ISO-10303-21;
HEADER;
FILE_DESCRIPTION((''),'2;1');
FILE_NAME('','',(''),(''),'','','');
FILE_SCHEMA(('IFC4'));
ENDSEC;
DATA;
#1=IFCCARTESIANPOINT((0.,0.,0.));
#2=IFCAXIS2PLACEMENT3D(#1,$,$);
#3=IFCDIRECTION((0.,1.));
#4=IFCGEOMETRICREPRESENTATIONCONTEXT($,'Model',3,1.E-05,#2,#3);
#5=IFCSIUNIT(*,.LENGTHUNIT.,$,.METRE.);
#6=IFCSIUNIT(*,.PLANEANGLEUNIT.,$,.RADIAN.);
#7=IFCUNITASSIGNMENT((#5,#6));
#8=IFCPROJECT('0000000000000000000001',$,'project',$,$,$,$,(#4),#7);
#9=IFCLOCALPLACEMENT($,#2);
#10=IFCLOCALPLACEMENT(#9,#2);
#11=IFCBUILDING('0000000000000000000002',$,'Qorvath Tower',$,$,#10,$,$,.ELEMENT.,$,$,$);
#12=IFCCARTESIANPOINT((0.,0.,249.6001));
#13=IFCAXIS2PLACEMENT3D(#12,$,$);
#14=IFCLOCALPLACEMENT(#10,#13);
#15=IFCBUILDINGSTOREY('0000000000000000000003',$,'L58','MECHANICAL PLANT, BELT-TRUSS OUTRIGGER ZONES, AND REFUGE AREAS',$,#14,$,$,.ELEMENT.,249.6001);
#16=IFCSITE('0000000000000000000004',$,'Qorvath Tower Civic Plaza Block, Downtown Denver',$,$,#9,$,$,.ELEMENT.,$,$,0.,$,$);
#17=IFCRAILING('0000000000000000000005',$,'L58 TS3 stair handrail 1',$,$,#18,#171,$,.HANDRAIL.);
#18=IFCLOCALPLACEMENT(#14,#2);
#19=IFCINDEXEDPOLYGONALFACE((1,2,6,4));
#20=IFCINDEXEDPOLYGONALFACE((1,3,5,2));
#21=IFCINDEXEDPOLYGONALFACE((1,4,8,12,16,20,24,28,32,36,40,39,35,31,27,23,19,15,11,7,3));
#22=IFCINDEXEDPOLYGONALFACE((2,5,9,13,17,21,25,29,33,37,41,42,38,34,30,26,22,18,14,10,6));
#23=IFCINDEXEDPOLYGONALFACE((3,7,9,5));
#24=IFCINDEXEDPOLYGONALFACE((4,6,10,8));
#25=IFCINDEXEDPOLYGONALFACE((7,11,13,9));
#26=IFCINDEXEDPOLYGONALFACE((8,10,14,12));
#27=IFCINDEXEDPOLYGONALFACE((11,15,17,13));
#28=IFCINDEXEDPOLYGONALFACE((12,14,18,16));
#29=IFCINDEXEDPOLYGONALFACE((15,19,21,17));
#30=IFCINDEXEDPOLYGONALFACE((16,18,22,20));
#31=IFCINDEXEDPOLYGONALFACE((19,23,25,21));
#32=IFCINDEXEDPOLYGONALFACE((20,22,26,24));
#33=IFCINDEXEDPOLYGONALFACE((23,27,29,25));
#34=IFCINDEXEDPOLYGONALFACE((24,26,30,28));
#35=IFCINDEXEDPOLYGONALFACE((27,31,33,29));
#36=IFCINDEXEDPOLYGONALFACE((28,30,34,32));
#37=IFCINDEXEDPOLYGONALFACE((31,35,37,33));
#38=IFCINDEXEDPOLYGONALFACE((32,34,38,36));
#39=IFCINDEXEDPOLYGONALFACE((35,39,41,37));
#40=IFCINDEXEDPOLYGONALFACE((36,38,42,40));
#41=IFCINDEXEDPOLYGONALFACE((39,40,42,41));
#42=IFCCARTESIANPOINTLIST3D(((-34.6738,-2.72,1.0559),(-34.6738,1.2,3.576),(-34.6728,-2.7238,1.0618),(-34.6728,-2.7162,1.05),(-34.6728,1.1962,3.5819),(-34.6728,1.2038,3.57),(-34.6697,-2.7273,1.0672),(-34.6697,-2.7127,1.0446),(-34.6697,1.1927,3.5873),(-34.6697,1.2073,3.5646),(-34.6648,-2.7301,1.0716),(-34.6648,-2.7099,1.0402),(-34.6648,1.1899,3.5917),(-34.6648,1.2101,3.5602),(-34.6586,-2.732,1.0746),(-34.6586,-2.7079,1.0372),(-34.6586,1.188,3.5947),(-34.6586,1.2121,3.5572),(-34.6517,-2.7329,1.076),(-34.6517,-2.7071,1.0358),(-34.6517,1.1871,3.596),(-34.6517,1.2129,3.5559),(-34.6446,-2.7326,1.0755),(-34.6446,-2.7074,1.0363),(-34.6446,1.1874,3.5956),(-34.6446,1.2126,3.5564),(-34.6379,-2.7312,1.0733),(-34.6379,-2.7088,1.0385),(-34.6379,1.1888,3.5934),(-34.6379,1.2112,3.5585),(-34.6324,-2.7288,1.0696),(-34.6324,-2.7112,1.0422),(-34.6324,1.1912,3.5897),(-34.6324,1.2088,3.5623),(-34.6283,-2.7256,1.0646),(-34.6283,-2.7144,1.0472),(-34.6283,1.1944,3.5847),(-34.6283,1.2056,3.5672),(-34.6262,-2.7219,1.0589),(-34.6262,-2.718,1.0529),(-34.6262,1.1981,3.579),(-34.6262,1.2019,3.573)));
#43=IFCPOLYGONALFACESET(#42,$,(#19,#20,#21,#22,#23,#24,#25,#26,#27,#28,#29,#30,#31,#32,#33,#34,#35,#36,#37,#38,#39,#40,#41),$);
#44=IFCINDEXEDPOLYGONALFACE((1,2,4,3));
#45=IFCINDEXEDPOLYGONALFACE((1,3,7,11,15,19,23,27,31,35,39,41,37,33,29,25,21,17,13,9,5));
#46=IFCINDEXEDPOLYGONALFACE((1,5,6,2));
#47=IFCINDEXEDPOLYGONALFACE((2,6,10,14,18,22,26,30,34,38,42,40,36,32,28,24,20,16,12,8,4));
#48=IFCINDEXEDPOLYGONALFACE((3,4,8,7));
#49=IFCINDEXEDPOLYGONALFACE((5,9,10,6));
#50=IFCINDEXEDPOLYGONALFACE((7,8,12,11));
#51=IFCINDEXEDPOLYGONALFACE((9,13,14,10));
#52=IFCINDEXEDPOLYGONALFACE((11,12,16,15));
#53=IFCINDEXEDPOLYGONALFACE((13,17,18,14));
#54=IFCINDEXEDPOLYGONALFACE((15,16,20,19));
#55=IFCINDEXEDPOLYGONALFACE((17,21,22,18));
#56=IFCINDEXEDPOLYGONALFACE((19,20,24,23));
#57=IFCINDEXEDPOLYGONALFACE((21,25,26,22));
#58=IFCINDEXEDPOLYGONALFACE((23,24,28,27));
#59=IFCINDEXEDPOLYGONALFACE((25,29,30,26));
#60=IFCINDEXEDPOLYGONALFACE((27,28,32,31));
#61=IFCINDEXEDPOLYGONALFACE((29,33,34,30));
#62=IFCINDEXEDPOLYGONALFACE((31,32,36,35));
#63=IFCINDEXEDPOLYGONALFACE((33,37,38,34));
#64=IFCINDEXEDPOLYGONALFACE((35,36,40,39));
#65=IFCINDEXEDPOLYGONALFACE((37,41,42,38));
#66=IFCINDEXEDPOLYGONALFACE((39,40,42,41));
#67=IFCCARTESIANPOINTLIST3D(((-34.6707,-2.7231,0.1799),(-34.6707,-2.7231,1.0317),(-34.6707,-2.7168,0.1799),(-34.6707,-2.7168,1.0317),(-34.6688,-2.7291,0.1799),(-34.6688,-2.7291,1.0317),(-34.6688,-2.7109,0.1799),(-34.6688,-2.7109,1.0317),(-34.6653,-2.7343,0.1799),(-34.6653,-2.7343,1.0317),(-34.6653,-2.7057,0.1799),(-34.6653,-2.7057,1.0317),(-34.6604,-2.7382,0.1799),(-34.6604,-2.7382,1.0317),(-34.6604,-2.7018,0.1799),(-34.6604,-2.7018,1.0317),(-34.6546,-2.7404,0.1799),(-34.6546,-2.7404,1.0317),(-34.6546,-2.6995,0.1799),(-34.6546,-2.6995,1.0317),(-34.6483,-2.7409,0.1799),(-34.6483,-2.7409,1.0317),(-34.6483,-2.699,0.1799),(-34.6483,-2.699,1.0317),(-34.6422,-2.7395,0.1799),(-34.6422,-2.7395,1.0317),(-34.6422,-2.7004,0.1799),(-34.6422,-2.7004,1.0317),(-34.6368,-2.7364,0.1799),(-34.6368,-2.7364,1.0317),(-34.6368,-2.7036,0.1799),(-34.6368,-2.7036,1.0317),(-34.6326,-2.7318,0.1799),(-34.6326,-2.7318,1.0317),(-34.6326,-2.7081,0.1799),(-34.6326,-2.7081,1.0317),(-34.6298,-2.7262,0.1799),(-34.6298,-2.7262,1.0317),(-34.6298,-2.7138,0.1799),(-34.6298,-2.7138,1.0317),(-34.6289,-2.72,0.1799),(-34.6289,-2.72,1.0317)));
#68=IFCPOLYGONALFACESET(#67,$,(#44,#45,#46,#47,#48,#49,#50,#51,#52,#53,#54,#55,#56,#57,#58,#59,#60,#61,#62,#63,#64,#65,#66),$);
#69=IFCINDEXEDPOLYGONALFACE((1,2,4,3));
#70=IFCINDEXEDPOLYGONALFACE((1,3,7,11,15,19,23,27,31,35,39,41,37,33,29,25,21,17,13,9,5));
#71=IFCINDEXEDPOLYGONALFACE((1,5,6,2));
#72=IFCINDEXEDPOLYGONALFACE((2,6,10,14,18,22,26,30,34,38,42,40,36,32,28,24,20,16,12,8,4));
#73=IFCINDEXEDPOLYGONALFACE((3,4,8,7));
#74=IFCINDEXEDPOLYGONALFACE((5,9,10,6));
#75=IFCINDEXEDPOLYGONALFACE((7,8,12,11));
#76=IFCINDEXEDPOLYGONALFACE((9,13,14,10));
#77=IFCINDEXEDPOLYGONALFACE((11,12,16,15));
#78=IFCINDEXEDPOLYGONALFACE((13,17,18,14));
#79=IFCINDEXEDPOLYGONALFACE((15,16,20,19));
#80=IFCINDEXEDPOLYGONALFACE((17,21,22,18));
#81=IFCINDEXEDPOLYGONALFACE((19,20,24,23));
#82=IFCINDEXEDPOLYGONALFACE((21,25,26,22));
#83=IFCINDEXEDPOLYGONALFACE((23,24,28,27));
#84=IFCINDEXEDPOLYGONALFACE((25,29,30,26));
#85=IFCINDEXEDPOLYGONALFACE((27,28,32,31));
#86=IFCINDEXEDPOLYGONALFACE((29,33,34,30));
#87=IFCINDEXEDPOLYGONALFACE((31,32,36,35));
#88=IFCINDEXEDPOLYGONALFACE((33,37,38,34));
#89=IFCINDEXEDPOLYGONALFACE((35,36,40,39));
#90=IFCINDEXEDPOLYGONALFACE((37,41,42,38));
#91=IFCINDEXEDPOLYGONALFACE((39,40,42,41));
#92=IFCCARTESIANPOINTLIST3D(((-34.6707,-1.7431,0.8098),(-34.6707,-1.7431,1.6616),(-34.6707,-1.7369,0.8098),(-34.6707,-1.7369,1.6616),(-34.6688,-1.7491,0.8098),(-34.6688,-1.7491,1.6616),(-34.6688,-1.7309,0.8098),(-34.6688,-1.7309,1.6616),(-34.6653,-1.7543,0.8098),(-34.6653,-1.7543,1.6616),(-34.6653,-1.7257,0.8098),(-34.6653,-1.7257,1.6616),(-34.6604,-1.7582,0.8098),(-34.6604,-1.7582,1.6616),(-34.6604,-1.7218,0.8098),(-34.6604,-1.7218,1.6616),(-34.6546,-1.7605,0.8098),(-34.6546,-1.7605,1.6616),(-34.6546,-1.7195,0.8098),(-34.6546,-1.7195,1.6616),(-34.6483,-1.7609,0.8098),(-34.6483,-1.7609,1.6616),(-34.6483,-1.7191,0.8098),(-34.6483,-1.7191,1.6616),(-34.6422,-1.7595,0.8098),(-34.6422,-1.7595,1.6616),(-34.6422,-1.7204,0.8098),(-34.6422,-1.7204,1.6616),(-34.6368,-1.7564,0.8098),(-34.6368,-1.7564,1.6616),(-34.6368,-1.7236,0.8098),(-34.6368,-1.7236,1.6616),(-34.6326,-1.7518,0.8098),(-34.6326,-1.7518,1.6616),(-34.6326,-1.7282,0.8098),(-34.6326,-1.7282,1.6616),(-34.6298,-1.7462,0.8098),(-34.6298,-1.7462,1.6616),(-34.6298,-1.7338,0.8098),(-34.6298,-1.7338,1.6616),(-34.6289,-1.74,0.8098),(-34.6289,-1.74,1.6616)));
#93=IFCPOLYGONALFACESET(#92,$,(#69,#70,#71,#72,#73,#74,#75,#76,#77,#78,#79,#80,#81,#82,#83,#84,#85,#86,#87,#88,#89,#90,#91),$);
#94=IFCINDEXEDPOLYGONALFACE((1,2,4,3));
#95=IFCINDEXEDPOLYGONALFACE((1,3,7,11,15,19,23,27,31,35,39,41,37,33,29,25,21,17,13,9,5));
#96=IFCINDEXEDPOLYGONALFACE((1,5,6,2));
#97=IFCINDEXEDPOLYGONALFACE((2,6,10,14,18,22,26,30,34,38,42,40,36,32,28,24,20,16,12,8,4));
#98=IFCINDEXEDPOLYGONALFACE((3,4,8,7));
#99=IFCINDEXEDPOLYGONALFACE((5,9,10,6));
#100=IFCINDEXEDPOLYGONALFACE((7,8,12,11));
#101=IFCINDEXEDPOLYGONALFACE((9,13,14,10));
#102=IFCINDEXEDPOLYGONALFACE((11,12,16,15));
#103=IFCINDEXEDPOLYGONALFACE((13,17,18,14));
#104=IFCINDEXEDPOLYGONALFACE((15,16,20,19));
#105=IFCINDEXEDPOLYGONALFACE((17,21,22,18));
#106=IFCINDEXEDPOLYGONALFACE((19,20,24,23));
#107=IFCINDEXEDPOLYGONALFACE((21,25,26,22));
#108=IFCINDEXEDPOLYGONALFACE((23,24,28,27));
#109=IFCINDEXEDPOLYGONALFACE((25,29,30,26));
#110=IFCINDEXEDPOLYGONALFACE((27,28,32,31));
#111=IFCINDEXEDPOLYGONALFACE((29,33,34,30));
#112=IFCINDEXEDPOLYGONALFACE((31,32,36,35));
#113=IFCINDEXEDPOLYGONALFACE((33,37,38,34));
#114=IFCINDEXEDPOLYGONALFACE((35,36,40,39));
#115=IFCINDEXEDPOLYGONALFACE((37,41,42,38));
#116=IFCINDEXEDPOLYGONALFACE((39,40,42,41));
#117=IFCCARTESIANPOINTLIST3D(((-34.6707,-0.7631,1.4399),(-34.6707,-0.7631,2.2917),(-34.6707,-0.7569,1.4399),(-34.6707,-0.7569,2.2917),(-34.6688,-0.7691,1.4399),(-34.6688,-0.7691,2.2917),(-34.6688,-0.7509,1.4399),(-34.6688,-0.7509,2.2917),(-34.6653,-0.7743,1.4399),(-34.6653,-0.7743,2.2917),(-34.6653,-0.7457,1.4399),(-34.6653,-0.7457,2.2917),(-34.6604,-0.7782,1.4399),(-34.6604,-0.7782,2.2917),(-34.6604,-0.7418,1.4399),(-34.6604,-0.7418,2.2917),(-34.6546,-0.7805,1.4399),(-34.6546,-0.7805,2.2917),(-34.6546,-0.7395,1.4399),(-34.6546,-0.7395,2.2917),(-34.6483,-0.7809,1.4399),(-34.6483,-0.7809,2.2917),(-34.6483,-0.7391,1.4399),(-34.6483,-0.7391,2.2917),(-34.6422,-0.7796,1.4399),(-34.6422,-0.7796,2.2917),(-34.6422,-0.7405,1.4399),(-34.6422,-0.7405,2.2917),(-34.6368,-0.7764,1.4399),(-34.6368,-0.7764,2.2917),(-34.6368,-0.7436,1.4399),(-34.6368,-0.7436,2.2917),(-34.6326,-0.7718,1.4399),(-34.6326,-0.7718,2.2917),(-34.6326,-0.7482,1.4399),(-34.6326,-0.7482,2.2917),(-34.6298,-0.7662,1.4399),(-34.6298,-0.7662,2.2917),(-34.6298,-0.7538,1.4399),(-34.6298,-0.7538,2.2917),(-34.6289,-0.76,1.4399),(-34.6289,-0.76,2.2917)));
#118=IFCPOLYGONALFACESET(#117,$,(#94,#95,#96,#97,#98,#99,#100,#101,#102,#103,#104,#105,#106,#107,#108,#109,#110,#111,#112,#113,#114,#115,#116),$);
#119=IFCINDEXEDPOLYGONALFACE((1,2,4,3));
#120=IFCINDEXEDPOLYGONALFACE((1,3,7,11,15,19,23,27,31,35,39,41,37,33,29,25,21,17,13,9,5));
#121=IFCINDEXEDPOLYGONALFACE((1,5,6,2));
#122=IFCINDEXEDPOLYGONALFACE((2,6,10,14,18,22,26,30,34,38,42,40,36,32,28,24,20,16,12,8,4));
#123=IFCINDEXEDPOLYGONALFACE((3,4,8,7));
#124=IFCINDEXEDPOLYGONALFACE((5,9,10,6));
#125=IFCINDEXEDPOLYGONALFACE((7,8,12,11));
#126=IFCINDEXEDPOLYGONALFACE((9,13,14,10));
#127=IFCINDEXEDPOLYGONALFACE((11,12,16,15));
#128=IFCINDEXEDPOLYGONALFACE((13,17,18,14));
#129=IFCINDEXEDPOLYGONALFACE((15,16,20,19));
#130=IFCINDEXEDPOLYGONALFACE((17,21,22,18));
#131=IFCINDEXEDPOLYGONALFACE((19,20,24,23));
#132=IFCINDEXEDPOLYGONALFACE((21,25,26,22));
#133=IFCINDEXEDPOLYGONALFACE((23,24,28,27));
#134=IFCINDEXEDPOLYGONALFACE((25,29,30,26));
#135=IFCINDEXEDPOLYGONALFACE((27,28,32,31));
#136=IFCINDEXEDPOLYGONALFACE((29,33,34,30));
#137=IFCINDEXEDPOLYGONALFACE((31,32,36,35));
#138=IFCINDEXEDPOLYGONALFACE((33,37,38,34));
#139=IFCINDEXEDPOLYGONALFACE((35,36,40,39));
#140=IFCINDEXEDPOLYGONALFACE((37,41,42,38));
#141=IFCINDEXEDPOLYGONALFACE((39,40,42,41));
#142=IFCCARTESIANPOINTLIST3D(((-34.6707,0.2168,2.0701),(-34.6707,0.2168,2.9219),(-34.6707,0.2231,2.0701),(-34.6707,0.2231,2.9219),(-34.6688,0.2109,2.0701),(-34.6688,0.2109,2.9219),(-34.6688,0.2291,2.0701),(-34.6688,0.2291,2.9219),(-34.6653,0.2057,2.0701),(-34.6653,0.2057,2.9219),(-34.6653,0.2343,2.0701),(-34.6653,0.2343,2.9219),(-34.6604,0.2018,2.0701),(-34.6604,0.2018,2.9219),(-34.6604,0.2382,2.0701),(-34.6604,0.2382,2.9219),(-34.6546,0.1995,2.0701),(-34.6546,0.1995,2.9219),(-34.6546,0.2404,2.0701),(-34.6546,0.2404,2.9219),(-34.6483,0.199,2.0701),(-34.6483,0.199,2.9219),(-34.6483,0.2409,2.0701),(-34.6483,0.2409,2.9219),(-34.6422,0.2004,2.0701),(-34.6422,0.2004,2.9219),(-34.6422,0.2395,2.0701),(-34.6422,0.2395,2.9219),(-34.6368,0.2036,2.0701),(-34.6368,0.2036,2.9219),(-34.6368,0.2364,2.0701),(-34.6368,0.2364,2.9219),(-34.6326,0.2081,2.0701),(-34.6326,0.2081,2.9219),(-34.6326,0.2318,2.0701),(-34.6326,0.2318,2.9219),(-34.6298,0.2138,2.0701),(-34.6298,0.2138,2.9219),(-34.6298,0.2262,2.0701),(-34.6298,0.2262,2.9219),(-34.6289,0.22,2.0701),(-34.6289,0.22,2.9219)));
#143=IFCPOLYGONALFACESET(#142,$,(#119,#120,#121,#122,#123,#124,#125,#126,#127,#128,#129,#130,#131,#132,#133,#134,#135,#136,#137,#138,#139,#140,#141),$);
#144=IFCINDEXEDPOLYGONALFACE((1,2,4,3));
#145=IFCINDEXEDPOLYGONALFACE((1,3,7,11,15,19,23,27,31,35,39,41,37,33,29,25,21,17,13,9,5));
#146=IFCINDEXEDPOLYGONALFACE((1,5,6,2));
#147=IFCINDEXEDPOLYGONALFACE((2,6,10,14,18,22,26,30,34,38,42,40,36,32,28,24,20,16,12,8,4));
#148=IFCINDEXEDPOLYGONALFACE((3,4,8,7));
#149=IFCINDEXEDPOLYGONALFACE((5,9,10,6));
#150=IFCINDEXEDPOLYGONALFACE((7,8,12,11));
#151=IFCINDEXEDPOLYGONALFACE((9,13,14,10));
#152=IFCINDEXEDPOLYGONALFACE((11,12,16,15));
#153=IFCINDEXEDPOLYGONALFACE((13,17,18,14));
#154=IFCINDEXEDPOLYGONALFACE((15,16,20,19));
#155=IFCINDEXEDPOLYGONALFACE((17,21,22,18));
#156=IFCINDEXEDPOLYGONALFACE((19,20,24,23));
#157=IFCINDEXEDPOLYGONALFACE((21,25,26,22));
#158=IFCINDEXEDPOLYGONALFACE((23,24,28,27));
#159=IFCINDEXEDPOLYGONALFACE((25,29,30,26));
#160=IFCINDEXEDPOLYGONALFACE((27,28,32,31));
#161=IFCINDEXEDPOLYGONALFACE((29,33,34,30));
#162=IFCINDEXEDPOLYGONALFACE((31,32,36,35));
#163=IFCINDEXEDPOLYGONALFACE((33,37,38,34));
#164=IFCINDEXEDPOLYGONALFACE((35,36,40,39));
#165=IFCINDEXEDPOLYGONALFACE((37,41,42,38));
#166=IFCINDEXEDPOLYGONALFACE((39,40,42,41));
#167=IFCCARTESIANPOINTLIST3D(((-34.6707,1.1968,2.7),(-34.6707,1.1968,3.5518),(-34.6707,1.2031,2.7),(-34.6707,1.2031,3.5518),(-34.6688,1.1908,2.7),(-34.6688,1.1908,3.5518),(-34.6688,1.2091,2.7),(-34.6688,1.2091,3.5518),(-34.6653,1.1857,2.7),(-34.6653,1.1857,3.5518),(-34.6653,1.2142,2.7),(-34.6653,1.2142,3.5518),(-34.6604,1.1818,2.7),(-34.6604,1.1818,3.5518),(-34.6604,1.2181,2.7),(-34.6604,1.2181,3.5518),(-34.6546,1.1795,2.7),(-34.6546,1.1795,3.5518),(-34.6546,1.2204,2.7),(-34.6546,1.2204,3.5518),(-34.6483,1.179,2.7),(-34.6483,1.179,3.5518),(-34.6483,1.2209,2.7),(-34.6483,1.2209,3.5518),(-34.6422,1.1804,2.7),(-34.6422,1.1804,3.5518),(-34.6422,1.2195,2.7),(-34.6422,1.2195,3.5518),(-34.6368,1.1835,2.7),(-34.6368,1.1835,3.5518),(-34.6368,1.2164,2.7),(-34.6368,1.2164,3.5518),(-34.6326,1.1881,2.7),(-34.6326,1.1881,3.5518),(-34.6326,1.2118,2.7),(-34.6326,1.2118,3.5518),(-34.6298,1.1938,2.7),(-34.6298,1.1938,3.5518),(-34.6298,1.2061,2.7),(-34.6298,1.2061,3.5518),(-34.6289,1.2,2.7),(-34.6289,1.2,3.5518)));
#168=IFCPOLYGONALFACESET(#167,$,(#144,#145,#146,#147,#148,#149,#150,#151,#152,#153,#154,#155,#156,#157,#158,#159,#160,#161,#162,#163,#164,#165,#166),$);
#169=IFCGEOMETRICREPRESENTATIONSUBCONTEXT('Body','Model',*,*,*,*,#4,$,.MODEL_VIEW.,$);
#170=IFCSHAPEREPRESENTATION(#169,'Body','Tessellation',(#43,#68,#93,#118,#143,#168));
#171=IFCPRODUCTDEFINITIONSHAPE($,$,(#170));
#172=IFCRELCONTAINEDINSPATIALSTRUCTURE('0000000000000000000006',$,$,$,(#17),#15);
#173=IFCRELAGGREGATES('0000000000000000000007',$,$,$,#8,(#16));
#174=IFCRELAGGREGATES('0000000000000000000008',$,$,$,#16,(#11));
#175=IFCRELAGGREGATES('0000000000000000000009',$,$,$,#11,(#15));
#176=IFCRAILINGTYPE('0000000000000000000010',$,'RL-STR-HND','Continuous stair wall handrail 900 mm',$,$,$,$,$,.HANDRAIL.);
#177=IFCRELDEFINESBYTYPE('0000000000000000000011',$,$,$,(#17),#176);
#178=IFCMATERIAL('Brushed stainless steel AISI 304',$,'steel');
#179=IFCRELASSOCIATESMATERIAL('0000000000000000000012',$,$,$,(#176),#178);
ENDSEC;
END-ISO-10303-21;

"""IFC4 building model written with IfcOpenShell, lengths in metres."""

from ifc_helpers import new_model, si_unit, direction, frame, origin, origin_2d, place, context, subcontext, project, spatial, circle, extrude, material, type_object, element, save


model = new_model("IFC4")

# Units and contexts
model_context = context("Model", 3, precision=1e-05, world=origin(), true_north=direction((0.0, 1.0)))
body_context = subcontext(model_context, "Body", "Model", "MODEL_VIEW")
ifc_project = project(units=[si_unit("LENGTHUNIT", "METRE"), si_unit("PLANEANGLEUNIT", "RADIAN")], contexts=[model_context])

# Site, building, storey
site_placement = place(None, origin())
site = spatial("IfcSite", under=ifc_project, at=site_placement, Name="Qorvath Tower Civic Plaza Block, Downtown Denver", CompositionType="ELEMENT", RefElevation=0.0)
building_placement = place(site_placement, origin())
building = spatial("IfcBuilding", under=site, at=building_placement, Name="Qorvath Tower", CompositionType="ELEMENT")
storey_placement = place(building_placement, frame((0.0, 0.0, 249.6001)))
storey = spatial("IfcBuildingStorey", under=building, at=storey_placement, Name="L58", Description="MECHANICAL PLANT, BELT-TRUSS OUTRIGGER ZONES, AND REFUGE AREAS", CompositionType="ELEMENT", Elevation=249.6001)

# Railing
ifc_material_1 = material(Name="Brushed stainless steel AISI 304", Category="steel")
railing_type_1 = type_object("IfcRailingType", Name="RL-STR-HND", Description="Continuous stair wall handrail 900 mm", PredefinedType="HANDRAIL", material=ifc_material_1)
railing_1_placement = place(storey_placement, frame((-34.6499, -2.72, 0.1799)))
element("IfcRailing", 1, at=railing_1_placement, inside=storey, type_object=railing_type_1, Name="L58 TS3 stair handrail 1", PredefinedType="HANDRAIL", context=body_context, shape_type="SweptSolid", body=[
    extrude(circle(Radius=0.0239, at=origin_2d()), frame((0.0, 0.0, 0.876), z_axis=(0.0, 0.841172, 0.540768), x_axis=(-1.0, 0.0, 0.0)), (0.0, 0.0, 1.0), 4.6602),
    extrude(circle(Radius=0.021, at=origin_2d()), origin(), (0.0, 0.0, 1.0), 0.8518),
    extrude(circle(Radius=0.021, at=origin_2d()), frame((0.0, 0.98, 0.6299)), (0.0, 0.0, 1.0), 0.8518),
    extrude(circle(Radius=0.021, at=origin_2d()), frame((0.0, 1.96, 1.26)), (0.0, 0.0, 1.0), 0.8518),
    extrude(circle(Radius=0.021, at=origin_2d()), frame((0.0, 2.9399, 1.8901)), (0.0, 0.0, 1.0), 0.8518),
    extrude(circle(Radius=0.021, at=origin_2d()), frame((0.0, 3.9199, 2.52)), (0.0, 0.0, 1.0), 0.8518),
])

save(model, "model.ifc")
